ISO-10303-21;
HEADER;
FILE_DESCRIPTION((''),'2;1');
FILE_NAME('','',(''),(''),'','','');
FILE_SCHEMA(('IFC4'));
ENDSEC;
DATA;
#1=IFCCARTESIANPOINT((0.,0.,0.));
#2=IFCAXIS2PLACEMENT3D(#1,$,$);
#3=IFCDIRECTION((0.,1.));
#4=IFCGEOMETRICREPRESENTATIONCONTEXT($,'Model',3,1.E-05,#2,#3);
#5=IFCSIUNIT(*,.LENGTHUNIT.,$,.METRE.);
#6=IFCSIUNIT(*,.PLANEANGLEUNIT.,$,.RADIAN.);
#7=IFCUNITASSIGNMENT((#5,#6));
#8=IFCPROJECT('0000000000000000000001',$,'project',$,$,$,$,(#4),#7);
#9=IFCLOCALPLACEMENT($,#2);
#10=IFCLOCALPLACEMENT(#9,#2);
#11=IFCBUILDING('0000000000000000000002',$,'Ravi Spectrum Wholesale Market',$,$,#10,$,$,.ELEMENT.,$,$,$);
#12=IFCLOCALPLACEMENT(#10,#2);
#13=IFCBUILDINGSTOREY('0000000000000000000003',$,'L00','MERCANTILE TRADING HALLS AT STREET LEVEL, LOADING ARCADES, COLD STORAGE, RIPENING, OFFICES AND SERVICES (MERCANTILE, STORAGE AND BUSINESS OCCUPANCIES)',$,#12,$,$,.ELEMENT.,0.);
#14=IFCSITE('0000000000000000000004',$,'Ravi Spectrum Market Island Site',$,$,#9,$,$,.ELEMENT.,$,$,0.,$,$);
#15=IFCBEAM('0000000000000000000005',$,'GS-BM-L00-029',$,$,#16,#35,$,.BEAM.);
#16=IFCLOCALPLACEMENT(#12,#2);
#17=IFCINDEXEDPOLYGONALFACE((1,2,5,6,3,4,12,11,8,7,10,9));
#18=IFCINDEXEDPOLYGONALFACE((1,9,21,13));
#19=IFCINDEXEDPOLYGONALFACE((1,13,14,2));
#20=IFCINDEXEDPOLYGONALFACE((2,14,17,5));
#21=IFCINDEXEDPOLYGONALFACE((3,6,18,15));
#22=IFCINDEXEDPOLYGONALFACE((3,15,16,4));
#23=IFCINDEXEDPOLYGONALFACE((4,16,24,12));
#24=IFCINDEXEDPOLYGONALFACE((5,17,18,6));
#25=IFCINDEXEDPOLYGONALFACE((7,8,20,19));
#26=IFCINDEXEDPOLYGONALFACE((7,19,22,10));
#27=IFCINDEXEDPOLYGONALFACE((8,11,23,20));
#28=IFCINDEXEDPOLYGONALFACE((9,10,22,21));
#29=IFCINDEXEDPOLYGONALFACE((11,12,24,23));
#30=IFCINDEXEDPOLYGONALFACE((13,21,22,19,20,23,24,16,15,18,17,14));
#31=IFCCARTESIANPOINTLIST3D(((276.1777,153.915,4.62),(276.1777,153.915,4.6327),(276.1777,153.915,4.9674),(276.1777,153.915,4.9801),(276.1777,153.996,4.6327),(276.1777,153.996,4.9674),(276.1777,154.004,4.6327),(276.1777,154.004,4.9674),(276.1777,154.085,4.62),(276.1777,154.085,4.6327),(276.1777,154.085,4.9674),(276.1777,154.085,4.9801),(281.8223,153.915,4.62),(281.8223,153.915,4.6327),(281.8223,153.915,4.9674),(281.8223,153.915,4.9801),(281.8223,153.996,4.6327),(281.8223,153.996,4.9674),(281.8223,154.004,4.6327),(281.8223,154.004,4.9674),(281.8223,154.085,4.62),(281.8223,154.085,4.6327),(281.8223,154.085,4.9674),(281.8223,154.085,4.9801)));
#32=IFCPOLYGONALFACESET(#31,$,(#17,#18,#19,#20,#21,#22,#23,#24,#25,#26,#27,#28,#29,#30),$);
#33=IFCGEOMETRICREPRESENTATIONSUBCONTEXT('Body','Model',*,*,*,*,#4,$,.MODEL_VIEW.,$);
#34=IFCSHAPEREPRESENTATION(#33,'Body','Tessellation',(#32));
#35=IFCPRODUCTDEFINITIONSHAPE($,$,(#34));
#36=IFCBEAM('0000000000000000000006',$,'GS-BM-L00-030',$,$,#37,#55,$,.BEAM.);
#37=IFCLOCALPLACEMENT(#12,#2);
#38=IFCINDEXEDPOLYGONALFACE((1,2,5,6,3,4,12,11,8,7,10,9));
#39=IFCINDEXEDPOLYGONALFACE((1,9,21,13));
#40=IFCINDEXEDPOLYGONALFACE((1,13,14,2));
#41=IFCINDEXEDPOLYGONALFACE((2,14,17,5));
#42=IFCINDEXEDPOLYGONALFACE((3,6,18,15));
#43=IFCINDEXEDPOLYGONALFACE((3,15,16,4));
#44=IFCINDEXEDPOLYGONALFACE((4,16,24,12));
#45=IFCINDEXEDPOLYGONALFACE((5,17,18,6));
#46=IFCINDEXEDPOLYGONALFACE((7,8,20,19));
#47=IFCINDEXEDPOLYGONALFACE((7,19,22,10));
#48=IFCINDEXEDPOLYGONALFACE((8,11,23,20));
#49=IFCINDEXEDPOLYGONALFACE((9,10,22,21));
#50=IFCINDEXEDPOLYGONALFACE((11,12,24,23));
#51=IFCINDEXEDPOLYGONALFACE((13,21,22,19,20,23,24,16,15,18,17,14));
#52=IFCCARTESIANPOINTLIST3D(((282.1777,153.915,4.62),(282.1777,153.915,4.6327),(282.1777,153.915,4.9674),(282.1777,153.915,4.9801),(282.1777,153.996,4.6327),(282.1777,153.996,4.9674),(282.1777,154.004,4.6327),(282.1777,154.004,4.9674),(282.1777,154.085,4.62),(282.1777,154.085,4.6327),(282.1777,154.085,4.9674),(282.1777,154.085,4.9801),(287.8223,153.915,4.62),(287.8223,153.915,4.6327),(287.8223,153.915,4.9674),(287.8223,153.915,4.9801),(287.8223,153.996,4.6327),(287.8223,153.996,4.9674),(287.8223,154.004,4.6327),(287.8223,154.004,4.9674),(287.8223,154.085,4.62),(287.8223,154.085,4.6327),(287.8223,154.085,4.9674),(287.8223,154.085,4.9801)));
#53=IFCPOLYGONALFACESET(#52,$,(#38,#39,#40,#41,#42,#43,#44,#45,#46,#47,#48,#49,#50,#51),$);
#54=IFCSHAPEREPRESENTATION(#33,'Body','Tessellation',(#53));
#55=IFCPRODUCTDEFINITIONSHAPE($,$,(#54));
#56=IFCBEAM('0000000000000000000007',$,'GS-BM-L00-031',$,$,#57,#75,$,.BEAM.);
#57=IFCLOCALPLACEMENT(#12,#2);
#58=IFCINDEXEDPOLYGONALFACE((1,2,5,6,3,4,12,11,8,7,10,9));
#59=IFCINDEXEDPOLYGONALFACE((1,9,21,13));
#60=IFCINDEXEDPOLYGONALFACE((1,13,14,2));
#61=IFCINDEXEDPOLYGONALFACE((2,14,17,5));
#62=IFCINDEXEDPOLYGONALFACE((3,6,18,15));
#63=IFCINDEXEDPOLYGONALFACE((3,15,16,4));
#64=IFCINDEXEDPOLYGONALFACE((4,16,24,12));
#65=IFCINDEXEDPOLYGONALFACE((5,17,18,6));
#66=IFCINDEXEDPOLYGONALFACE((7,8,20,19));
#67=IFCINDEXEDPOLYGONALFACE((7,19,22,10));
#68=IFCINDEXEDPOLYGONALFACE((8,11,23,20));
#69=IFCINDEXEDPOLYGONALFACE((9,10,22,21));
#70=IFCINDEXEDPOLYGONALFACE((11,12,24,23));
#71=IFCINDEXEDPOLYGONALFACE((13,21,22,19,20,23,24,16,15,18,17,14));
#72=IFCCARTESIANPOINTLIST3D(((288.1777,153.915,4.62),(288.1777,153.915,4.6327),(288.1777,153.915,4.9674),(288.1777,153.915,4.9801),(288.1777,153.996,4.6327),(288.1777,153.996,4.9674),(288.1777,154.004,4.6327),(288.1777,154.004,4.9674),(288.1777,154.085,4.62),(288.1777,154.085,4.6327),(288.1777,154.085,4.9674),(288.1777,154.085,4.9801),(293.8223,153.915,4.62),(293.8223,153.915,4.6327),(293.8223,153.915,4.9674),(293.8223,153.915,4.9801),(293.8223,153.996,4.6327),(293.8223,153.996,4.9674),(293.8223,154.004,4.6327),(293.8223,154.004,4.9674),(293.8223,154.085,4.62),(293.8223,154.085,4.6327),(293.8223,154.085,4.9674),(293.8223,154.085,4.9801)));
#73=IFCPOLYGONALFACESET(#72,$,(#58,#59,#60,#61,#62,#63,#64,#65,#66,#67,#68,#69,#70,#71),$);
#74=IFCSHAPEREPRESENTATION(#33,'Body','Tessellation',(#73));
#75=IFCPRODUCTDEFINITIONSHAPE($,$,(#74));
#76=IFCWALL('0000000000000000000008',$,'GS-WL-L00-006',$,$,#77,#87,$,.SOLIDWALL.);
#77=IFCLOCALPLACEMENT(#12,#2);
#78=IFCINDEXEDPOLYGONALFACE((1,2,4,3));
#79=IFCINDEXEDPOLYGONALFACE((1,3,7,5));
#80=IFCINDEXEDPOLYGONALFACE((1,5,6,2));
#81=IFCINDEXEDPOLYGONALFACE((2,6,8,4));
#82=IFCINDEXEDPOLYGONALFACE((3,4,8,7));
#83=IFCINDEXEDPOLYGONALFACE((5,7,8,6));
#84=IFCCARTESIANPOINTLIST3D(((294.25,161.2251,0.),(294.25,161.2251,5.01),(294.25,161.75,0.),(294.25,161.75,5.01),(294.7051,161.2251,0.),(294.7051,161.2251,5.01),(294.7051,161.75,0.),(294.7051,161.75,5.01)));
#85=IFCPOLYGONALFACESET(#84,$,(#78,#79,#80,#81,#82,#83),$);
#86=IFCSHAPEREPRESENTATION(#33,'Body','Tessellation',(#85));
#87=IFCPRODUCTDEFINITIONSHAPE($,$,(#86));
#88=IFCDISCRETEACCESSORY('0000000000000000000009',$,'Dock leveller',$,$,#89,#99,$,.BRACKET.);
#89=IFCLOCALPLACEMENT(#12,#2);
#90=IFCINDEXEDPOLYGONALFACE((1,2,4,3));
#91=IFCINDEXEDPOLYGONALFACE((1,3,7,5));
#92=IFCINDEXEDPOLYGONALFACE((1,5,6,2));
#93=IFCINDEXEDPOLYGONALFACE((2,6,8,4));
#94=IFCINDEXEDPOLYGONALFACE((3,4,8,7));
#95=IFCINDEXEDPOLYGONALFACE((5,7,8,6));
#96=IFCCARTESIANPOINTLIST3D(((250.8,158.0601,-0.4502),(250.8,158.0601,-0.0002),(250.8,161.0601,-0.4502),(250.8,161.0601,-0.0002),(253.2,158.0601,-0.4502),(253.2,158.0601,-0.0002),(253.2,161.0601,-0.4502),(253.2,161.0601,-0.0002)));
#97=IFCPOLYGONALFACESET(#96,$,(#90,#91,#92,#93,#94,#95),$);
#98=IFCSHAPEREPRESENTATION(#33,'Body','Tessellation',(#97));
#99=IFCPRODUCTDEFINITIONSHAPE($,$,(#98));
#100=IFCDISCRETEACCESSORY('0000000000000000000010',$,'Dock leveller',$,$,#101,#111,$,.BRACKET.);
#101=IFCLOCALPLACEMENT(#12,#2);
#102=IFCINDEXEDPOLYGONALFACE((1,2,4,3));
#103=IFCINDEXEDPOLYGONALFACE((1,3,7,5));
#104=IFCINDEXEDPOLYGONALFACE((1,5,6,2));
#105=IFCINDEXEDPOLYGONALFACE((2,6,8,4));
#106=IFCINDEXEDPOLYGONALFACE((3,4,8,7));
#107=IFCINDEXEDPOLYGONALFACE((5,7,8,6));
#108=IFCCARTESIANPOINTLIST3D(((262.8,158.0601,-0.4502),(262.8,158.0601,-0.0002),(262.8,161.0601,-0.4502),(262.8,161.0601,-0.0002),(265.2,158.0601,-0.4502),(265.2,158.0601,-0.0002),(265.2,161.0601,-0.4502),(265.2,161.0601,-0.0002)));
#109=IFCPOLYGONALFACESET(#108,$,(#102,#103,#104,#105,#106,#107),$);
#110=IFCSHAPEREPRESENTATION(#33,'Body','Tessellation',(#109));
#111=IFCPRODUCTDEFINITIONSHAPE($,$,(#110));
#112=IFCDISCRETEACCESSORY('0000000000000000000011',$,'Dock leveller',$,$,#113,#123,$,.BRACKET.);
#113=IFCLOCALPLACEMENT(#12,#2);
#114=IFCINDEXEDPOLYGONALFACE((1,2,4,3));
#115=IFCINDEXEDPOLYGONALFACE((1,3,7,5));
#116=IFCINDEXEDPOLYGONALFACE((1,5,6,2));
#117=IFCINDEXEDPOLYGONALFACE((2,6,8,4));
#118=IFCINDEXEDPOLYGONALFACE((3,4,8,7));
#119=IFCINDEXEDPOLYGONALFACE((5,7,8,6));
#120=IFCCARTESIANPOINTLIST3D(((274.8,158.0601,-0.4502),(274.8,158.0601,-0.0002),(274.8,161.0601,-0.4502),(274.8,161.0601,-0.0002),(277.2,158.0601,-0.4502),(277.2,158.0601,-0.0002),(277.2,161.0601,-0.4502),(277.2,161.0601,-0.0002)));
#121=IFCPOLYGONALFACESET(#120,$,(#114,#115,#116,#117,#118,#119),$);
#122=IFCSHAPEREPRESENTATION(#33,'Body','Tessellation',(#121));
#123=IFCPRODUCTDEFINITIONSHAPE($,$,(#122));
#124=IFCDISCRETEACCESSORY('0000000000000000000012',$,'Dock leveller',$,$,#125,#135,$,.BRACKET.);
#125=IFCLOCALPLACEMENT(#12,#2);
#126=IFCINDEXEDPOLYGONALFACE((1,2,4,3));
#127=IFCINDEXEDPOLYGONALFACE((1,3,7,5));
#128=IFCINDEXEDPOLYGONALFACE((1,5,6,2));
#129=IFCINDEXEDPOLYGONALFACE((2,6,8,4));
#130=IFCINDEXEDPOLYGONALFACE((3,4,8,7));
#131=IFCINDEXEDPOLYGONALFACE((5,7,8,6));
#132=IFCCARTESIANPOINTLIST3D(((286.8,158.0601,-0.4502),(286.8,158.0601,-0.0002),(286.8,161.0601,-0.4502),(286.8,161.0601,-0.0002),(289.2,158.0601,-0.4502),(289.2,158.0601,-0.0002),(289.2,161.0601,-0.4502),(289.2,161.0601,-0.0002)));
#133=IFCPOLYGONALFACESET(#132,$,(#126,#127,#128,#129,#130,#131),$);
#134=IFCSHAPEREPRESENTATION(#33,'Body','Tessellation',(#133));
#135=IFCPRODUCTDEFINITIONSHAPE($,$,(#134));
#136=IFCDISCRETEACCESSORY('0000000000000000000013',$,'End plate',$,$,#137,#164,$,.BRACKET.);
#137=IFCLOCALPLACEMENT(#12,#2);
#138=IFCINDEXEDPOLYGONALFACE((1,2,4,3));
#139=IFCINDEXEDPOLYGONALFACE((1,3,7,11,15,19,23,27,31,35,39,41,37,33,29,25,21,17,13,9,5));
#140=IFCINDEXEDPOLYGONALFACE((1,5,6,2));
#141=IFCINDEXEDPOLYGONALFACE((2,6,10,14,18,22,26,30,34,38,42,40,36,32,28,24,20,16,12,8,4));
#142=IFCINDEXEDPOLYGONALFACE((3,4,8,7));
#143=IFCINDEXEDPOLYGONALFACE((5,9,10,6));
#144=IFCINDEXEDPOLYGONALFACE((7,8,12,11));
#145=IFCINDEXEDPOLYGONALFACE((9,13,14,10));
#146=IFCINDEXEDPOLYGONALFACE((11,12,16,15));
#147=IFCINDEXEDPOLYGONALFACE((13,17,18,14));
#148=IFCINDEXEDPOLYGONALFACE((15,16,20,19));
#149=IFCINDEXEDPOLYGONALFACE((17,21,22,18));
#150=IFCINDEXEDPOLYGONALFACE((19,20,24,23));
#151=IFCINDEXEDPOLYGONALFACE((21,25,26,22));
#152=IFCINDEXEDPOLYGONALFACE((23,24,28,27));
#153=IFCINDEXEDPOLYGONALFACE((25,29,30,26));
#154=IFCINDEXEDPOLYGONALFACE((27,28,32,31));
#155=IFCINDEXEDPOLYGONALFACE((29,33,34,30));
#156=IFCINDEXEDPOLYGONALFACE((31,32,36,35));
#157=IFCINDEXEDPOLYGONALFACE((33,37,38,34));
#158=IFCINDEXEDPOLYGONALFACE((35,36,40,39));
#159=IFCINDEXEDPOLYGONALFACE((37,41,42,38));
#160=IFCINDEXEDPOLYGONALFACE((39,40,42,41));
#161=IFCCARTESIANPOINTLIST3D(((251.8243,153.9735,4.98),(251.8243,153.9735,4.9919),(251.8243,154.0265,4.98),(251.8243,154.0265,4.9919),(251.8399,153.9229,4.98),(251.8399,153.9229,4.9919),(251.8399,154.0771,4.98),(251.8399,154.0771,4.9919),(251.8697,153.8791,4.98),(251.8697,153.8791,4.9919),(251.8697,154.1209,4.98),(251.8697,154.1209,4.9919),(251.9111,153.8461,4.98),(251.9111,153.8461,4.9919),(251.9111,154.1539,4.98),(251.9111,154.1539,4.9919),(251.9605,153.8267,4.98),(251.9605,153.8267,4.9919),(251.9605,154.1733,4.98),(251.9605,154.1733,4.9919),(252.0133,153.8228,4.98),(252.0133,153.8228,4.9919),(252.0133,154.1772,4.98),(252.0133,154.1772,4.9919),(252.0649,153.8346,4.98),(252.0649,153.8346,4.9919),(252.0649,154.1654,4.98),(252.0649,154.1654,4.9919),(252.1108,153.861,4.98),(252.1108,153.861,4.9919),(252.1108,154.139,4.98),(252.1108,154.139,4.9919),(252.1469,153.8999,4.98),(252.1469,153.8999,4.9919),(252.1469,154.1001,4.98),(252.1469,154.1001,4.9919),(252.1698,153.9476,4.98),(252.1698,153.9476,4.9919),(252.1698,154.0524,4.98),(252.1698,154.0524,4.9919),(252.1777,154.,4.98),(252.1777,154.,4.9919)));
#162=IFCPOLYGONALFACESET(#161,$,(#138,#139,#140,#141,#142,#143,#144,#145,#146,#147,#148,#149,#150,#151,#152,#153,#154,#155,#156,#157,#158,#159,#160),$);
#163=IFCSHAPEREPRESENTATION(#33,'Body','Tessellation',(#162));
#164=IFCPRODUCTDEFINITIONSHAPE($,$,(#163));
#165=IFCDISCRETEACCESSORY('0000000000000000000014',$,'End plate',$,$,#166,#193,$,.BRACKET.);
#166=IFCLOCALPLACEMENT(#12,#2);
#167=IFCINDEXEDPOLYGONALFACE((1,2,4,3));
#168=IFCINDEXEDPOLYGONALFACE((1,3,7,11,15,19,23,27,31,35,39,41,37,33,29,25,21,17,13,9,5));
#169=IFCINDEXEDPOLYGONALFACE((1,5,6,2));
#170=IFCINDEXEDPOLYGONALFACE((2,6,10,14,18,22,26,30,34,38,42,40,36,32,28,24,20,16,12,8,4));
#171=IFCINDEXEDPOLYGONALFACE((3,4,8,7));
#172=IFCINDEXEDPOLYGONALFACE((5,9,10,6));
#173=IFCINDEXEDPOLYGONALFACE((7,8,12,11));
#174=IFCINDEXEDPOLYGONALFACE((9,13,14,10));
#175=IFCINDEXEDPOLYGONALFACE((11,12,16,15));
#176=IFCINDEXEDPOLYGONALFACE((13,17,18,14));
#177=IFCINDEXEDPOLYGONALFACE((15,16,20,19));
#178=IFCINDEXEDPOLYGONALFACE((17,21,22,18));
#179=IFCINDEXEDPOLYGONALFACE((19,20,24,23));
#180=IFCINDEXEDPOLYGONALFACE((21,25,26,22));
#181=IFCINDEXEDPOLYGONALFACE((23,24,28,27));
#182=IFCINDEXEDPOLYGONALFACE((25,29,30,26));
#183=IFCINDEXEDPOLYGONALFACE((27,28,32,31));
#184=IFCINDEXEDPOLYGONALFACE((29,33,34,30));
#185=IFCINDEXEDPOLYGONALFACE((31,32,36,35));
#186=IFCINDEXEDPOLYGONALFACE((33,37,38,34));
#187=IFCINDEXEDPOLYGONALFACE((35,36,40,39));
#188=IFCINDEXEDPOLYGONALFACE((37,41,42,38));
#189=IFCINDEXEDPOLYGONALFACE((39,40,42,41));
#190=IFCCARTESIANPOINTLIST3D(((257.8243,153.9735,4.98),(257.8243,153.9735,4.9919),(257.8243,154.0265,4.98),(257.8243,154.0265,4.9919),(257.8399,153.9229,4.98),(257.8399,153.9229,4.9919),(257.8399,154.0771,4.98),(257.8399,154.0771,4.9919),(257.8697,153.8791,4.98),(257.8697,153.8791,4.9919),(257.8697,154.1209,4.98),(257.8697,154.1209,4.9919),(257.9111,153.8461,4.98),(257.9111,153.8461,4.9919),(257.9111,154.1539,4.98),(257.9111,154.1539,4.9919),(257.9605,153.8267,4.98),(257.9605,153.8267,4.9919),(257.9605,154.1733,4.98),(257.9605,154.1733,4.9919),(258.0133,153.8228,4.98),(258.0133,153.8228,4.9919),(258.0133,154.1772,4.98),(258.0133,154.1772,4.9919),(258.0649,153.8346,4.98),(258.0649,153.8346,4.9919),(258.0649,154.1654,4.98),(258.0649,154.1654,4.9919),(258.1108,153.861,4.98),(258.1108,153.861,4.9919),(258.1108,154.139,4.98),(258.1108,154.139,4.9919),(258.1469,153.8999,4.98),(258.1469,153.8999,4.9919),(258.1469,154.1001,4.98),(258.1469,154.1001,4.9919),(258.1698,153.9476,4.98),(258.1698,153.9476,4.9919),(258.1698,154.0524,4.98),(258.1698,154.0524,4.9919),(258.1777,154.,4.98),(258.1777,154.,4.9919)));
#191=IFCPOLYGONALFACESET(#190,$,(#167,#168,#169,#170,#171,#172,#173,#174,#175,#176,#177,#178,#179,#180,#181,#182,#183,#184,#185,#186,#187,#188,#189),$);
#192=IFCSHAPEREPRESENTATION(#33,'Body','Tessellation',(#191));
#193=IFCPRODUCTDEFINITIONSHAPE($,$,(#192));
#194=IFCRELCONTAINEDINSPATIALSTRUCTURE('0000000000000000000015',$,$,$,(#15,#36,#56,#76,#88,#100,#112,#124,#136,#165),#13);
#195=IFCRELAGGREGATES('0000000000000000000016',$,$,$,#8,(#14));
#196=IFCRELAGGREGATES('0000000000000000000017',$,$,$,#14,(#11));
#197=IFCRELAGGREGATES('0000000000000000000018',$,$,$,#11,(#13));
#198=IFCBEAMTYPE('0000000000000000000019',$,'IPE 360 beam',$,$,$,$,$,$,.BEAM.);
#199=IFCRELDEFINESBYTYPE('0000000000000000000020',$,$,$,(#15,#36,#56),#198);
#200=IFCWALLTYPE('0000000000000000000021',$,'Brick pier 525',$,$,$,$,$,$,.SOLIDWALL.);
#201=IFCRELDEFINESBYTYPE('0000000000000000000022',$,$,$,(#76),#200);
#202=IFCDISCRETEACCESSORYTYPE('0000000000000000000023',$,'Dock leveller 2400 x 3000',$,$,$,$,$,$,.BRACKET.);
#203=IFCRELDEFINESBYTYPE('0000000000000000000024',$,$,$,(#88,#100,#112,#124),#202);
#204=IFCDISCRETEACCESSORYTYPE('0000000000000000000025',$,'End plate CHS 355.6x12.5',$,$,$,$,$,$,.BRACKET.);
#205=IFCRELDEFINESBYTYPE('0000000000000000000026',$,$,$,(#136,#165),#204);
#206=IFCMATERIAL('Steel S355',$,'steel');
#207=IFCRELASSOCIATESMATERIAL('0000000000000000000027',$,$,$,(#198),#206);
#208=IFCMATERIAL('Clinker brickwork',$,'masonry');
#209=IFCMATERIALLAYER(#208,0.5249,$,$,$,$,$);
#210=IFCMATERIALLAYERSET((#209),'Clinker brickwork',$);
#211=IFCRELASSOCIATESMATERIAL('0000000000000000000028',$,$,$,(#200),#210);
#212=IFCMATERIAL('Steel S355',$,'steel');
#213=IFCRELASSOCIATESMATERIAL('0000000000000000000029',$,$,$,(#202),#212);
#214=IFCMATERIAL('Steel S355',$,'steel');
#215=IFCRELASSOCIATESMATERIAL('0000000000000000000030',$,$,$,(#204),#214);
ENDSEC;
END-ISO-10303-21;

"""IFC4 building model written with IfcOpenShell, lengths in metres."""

from ifc_helpers import new_model, si_unit, direction, frame, frame_2d, origin, origin_2d, place, context, subcontext, project, spatial, rectangle, circle, i_section, extrude, material, layer, layer_set, material_profile, profile_set, type_object, element, save


model = new_model("IFC4")

# Units and contexts
model_context = context("Model", 3, precision=1e-05, world=origin(), true_north=direction((0.0, 1.0)))
body_context = subcontext(model_context, "Body", "Model", "MODEL_VIEW")
ifc_project = project(units=[si_unit("LENGTHUNIT", "METRE"), si_unit("PLANEANGLEUNIT", "RADIAN")], contexts=[model_context])

# Site, building, storey
site_placement = place(None, origin())
site = spatial("IfcSite", under=ifc_project, at=site_placement, Name="Ravi Spectrum Market Island Site", CompositionType="ELEMENT", RefElevation=0.0)
building_placement = place(site_placement, origin())
building = spatial("IfcBuilding", under=site, at=building_placement, Name="Ravi Spectrum Wholesale Market", CompositionType="ELEMENT")
storey_placement = place(building_placement, origin())
storey = spatial("IfcBuildingStorey", under=building, at=storey_placement, Name="L00", Description="MERCANTILE TRADING HALLS AT STREET LEVEL, LOADING ARCADES, COLD STORAGE, RIPENING, OFFICES AND SERVICES (MERCANTILE, STORAGE AND BUSINESS OCCUPANCIES)", CompositionType="ELEMENT", Elevation=0.0)

# Beams
ifc_material_1 = material(Name="Steel S355", Category="steel")
ifc_material_profile_1 = material_profile(ifc_material_1, i_section(OverallWidth=0.1699, OverallDepth=0.3601, WebThickness=0.0081, FlangeThickness=0.0127, at=origin_2d()))
ifc_profile_set_1 = profile_set([ifc_material_profile_1], Name="Steel S355")
beam_type = type_object("IfcBeamType", Name="IPE 360 beam", PredefinedType="BEAM", material=ifc_profile_set_1)
for number, where, z_axis, x_axis, name in (
    (1, (276.1777, 154.0, 4.8), (1.0, 0.0, 0.0), (0.0, 1.0, 0.0), "GS-BM-L00-029"),
    (2, (282.1777, 154.0, 4.8), (1.0, 0.0, 0.0), (0.0, 1.0, 0.0), "GS-BM-L00-030"),
    (3, (288.1777, 154.0, 4.8), (1.0, 0.0, 0.0), (0.0, 1.0, 0.0), "GS-BM-L00-031"),
):
    element("IfcBeam", number, at=place(storey_placement, frame(where, z_axis=z_axis, x_axis=x_axis)), inside=storey, type_object=beam_type, Name=name, PredefinedType="BEAM", context=body_context, shape_type="SweptSolid", body=[
        extrude(i_section(OverallWidth=0.1699, OverallDepth=0.3601, WebThickness=0.0081, FlangeThickness=0.0127, at=origin_2d()), origin(), (0.0, 0.0, 1.0), 5.6445),
    ])

# Wall
ifc_material_2 = material(Name="Clinker brickwork", Category="masonry")
ifc_layer = layer(ifc_material_2, 0.5249)
ifc_layer_set = layer_set([ifc_layer], Name="Clinker brickwork")
wall_type = type_object("IfcWallType", Name="Brick pier 525", PredefinedType="SOLIDWALL", material=ifc_layer_set)
wall_placement = place(storey_placement, frame((294.25, 161.4875, 0.0), z_axis=(0.0, 0.0, 1.0), x_axis=(1.0, 0.0, 0.0)))
element("IfcWall", 4, at=wall_placement, inside=storey, type_object=wall_type, Name="GS-WL-L00-006", PredefinedType="SOLIDWALL", context=body_context, shape_type="SweptSolid", body=[
    extrude(rectangle(XDim=0.4551, YDim=0.5249, at=frame_2d((0.2275, 0.0))), origin(), (0.0, 0.0, 1.0), 5.01),
])

# Discrete accessories
ifc_material_3 = material(Name="Steel S355", Category="steel")
discrete_accessory_type_1 = type_object("IfcDiscreteAccessoryType", Name="Dock leveller 2400 x 3000", PredefinedType="BRACKET", material=ifc_material_3)
for number, where, z_axis, x_axis, name in (
    (5, (252.0, 159.5601, -0.4502), (0.0, 0.0, 1.0), (1.0, 0.0, 0.0), "Dock leveller"),
    (6, (264.0, 159.5601, -0.4502), (0.0, 0.0, 1.0), (1.0, 0.0, 0.0), "Dock leveller"),
    (7, (276.0, 159.5601, -0.4502), (0.0, 0.0, 1.0), (1.0, 0.0, 0.0), "Dock leveller"),
    (8, (288.0, 159.5601, -0.4502), (0.0, 0.0, 1.0), (1.0, 0.0, 0.0), "Dock leveller"),
):
    element("IfcDiscreteAccessory", number, at=place(storey_placement, frame(where, z_axis=z_axis, x_axis=x_axis)), inside=storey, type_object=discrete_accessory_type_1, Name=name, PredefinedType="BRACKET", context=body_context, shape_type="SweptSolid", body=[
        extrude(rectangle(XDim=2.3999, YDim=3.0, at=origin_2d()), origin(), (0.0, 0.0, 1.0), 0.45),
    ])
ifc_material_4 = material(Name="Steel S355", Category="steel")
ifc_material_profile_2 = material_profile(ifc_material_4, circle(Radius=0.1777, at=origin_2d()))
ifc_profile_set_2 = profile_set([ifc_material_profile_2], Name="Steel S355")
discrete_accessory_type_2 = type_object("IfcDiscreteAccessoryType", Name="End plate CHS 355.6x12.5", PredefinedType="BRACKET", material=ifc_profile_set_2)
for number, where, z_axis, x_axis, name in (
    (9, (252.0, 154.0, 4.98), (0.0, 0.0, 1.0), (1.0, 0.0, 0.0), "End plate"),
    (10, (258.0, 154.0, 4.98), (0.0, 0.0, 1.0), (1.0, 0.0, 0.0), "End plate"),
):
    element("IfcDiscreteAccessory", number, at=place(storey_placement, frame(where, z_axis=z_axis, x_axis=x_axis)), inside=storey, type_object=discrete_accessory_type_2, Name=name, PredefinedType="BRACKET", context=body_context, shape_type="SweptSolid", body=[
        extrude(circle(Radius=0.1777, at=origin_2d()), origin(), (0.0, 0.0, 1.0), 0.012),
    ])

save(model, "model.ifc")
